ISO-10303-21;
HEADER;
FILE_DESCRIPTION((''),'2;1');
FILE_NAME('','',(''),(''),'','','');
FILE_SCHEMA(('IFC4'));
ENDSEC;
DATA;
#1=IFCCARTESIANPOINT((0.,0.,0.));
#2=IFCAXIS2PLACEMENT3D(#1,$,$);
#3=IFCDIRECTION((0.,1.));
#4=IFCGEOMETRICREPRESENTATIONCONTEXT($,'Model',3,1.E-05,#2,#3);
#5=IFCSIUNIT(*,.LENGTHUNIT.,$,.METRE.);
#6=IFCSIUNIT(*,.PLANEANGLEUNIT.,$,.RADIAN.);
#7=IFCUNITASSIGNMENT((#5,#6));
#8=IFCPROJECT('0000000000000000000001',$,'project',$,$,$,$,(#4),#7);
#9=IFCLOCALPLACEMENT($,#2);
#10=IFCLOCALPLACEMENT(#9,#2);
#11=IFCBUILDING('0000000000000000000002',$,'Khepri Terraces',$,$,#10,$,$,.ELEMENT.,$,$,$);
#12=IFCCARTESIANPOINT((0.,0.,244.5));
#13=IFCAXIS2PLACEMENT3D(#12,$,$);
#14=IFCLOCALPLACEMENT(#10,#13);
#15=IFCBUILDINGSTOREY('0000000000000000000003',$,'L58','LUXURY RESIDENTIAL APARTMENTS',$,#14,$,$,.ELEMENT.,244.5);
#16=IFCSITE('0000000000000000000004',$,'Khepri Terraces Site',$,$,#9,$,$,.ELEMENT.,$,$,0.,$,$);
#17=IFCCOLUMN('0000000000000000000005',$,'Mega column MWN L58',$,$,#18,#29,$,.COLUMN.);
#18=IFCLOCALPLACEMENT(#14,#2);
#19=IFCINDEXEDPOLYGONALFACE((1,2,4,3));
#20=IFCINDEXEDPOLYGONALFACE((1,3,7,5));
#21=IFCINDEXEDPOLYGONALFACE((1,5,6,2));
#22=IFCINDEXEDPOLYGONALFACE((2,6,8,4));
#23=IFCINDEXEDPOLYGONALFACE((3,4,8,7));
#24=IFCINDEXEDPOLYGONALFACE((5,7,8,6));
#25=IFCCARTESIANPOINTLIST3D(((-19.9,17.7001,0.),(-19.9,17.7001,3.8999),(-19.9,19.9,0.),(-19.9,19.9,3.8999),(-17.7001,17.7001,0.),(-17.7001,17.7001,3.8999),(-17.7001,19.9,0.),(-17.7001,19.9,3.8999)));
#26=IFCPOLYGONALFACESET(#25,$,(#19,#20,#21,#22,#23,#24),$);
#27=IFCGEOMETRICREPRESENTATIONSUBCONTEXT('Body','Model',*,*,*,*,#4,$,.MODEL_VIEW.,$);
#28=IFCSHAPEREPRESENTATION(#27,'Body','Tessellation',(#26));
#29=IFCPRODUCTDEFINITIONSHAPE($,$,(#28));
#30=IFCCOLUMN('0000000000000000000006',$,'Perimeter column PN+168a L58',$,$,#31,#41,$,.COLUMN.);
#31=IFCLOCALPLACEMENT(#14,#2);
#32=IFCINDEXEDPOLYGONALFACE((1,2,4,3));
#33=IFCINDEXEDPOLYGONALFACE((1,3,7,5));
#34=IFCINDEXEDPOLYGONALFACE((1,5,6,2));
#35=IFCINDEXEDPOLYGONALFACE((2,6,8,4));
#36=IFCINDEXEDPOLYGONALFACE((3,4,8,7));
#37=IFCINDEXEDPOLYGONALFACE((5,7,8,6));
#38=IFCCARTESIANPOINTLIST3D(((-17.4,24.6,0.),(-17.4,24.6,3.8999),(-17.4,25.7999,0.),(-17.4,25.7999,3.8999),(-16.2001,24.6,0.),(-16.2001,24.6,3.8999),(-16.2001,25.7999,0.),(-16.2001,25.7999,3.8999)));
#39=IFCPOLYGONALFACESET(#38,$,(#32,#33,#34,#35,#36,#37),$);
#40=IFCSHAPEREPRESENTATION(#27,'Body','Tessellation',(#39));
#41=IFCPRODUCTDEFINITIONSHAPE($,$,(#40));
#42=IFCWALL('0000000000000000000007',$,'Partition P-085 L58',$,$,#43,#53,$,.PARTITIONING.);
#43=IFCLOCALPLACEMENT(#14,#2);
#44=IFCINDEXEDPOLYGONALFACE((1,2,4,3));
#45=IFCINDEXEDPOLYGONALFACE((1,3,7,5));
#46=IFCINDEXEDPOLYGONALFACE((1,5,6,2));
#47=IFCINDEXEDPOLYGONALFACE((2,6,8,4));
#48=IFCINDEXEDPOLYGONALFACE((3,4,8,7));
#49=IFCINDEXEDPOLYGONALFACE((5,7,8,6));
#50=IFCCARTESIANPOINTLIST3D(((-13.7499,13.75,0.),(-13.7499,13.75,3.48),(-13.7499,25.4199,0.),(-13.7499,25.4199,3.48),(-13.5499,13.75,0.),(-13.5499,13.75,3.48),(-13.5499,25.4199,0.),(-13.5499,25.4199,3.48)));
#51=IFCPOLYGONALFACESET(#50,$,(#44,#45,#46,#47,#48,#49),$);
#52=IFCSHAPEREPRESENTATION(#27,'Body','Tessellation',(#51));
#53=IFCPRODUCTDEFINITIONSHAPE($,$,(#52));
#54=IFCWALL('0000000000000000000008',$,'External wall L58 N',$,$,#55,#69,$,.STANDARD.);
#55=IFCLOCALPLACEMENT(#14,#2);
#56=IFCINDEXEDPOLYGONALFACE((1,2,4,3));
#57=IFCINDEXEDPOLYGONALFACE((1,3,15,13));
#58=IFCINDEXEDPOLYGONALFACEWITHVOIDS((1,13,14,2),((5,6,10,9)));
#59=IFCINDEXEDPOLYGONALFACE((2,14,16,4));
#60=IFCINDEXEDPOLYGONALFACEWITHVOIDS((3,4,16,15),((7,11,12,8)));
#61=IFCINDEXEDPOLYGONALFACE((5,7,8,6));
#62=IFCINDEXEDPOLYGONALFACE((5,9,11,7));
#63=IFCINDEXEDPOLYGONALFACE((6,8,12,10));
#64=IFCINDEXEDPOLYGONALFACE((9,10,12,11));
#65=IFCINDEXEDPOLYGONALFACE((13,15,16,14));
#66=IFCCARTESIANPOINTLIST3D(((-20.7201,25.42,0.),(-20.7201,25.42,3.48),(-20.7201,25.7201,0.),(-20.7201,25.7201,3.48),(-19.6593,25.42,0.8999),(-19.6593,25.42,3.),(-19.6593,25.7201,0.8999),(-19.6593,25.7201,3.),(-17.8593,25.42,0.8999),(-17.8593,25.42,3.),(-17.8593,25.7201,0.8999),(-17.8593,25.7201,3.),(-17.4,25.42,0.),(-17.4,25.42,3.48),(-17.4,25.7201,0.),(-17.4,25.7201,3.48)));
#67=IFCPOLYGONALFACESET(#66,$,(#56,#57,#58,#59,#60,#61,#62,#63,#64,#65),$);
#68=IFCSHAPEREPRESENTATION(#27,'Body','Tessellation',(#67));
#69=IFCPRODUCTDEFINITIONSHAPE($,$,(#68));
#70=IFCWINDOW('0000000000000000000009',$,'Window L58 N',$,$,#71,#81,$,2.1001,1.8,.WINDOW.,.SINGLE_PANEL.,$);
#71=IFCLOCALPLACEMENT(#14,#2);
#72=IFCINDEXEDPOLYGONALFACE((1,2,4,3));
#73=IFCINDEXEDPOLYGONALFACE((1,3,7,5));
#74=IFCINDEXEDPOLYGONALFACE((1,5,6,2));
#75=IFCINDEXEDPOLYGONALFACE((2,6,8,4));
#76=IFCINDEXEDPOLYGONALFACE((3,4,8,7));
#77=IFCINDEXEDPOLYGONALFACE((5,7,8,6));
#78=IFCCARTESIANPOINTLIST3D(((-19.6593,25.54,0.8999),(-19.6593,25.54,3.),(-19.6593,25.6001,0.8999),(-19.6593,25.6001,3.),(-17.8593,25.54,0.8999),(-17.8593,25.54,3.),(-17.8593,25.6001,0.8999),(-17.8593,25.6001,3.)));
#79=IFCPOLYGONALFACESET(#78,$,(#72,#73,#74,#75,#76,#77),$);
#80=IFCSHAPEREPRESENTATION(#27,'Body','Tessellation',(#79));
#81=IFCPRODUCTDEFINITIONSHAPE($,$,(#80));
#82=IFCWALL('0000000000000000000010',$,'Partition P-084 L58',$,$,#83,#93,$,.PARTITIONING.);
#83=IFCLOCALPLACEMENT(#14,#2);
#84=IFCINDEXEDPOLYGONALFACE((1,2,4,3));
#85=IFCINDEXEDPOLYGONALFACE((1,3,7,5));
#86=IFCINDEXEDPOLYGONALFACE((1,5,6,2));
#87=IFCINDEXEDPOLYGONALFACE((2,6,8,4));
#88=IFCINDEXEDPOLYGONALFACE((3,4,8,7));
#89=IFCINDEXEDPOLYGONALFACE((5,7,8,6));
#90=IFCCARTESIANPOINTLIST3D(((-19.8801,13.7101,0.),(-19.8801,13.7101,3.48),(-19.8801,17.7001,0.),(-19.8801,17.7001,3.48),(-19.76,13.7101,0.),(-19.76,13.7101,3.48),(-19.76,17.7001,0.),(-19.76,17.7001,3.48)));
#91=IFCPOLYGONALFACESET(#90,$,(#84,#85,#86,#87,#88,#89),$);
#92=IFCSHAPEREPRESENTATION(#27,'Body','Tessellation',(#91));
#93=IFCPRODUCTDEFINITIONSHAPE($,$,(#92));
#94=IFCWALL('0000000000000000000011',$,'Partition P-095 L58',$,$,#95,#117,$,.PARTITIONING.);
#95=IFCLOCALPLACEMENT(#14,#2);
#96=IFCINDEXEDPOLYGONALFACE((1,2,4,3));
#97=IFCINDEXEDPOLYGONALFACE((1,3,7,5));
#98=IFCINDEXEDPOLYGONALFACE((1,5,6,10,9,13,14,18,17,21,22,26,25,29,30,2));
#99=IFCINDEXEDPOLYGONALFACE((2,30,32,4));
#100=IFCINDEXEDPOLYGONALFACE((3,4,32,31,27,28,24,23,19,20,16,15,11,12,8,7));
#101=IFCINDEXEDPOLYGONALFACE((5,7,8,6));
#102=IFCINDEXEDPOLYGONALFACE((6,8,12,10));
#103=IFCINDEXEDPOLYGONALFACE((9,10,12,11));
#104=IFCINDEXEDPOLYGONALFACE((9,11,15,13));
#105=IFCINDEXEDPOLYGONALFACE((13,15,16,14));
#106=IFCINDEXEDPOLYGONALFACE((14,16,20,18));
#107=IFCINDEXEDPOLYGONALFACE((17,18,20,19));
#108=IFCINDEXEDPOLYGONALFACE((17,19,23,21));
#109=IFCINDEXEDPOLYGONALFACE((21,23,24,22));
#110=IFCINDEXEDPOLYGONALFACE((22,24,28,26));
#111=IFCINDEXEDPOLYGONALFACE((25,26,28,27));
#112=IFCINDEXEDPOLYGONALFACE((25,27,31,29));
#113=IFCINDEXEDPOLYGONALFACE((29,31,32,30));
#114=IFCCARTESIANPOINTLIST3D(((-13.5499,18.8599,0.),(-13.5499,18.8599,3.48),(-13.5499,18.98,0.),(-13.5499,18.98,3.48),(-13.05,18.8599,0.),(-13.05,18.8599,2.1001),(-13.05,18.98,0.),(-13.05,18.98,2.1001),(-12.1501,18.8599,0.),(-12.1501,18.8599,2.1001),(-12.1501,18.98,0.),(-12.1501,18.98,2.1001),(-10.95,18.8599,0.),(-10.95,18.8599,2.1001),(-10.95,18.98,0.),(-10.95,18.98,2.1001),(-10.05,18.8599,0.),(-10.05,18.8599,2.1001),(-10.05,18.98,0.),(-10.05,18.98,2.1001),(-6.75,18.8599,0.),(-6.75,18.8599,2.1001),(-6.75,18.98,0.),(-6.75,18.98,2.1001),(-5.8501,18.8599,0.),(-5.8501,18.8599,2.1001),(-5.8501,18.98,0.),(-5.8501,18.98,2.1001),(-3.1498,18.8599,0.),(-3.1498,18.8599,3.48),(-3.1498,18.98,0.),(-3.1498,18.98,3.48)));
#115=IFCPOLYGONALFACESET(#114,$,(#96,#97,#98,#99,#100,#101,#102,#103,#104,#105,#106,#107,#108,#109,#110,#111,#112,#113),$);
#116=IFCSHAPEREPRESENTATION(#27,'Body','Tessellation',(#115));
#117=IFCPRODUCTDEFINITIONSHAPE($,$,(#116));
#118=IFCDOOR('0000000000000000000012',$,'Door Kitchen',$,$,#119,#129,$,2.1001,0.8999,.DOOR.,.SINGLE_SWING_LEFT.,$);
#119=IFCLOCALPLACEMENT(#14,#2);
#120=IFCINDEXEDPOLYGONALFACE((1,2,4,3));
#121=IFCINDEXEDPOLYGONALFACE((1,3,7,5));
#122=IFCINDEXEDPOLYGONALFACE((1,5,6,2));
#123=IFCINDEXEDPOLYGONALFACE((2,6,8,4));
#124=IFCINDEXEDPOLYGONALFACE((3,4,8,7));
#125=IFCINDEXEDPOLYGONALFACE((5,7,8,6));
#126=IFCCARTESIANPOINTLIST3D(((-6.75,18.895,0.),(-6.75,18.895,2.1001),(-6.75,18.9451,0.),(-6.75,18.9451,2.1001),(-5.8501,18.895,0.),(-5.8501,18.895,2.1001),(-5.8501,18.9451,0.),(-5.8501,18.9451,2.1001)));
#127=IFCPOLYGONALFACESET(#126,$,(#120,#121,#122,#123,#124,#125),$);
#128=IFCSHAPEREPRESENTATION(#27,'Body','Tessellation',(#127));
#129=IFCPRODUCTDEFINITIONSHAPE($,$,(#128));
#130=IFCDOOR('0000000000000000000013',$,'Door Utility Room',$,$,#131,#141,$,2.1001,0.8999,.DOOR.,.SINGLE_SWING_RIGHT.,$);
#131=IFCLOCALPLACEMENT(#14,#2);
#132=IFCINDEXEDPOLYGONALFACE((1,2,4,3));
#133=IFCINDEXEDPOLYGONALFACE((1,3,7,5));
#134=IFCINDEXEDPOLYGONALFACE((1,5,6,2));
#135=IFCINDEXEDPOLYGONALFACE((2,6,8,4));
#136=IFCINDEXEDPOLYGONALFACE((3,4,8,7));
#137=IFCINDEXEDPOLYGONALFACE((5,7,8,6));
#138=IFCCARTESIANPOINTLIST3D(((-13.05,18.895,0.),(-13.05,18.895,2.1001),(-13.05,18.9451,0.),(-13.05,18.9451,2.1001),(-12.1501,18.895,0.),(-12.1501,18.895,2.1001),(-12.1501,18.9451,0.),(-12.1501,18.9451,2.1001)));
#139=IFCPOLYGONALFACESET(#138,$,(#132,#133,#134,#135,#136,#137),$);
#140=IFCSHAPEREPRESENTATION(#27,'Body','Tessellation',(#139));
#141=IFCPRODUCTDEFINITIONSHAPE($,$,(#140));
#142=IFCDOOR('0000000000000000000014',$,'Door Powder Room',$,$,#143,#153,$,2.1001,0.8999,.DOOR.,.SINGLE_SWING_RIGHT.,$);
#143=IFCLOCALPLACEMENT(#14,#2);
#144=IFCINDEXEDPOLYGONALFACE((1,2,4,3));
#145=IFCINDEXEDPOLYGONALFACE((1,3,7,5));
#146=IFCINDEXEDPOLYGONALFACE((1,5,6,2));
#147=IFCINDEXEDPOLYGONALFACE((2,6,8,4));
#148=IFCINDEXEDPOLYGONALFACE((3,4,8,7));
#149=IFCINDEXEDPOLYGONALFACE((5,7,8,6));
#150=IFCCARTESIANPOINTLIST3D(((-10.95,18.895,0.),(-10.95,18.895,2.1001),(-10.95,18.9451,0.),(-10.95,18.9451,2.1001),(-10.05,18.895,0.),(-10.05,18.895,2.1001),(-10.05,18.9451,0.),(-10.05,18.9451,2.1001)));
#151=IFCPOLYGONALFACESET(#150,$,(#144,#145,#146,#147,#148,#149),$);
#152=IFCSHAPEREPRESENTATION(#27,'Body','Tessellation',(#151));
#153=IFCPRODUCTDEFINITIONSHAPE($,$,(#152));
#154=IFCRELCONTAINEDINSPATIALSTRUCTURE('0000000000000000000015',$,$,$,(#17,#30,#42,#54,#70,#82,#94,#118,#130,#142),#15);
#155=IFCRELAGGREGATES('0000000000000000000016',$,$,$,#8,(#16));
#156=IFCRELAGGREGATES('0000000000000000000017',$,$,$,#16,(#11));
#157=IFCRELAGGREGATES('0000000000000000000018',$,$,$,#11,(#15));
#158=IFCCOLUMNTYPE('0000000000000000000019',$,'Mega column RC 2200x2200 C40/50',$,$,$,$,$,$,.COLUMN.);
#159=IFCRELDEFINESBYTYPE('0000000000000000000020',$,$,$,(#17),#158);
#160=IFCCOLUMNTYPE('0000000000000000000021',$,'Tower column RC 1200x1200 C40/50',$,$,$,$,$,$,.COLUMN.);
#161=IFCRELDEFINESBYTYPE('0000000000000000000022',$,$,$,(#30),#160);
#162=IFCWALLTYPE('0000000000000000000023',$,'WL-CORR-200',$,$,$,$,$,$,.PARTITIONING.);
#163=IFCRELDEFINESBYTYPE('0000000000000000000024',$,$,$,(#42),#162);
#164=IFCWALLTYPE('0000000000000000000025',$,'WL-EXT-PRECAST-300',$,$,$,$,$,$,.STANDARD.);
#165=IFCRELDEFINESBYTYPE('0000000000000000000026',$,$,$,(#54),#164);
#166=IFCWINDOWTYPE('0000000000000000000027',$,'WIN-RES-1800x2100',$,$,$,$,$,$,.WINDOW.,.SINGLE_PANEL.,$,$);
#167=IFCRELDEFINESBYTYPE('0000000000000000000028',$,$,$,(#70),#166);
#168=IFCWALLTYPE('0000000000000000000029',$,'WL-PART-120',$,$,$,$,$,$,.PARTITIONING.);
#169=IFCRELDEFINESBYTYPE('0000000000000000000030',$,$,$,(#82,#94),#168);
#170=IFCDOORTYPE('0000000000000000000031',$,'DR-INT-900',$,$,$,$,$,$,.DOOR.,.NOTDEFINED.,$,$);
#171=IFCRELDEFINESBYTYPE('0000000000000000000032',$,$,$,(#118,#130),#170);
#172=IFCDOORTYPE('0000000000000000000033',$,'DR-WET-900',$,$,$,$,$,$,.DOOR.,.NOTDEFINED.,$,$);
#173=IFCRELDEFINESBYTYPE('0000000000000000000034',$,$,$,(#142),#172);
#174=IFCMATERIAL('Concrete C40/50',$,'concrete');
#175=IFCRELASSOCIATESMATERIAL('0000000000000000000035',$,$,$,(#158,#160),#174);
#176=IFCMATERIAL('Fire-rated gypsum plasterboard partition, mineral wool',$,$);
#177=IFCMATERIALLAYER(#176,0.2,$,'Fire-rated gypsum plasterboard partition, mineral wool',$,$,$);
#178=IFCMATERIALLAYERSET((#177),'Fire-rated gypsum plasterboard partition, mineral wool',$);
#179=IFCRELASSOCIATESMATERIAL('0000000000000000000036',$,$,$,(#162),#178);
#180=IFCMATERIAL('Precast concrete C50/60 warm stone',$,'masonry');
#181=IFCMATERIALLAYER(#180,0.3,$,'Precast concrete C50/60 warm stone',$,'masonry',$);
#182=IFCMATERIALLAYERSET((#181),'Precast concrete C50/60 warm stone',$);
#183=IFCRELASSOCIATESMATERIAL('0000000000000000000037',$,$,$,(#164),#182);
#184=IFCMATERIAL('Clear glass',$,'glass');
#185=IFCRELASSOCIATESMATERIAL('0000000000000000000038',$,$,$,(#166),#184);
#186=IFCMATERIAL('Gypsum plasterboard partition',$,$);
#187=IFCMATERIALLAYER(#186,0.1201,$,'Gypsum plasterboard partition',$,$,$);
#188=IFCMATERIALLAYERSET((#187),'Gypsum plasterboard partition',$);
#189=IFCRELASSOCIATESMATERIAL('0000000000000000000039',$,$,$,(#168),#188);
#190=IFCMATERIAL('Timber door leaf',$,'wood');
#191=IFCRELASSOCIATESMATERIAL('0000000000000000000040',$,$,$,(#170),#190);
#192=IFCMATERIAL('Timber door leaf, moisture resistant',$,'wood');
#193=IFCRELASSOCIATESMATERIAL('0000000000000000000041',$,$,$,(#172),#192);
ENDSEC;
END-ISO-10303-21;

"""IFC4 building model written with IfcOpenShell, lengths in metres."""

from ifc_helpers import new_model, si_unit, direction, frame, frame_2d, origin, origin_2d, place, context, subcontext, project, spatial, rectangle, extrude, material, layer, layer_set, material_profile, profile_set, type_object, element, fill, save


model = new_model("IFC4")

# Units and contexts
model_context = context("Model", 3, precision=1e-05, world=origin(), true_north=direction((0.0, 1.0)))
body_context = subcontext(model_context, "Body", "Model", "MODEL_VIEW")
ifc_project = project(units=[si_unit("LENGTHUNIT", "METRE"), si_unit("PLANEANGLEUNIT", "RADIAN")], contexts=[model_context])

# Site, building, storey
site_placement = place(None, origin())
site = spatial("IfcSite", under=ifc_project, at=site_placement, Name="Khepri Terraces Site", CompositionType="ELEMENT", RefElevation=0.0)
building_placement = place(site_placement, origin())
building = spatial("IfcBuilding", under=site, at=building_placement, Name="Khepri Terraces", CompositionType="ELEMENT")
storey_placement = place(building_placement, frame((0.0, 0.0, 244.5)))
storey = spatial("IfcBuildingStorey", under=building, at=storey_placement, Name="L58", Description="LUXURY RESIDENTIAL APARTMENTS", CompositionType="ELEMENT", Elevation=244.5)

# Columns
ifc_material_1 = material(Name="Concrete C40/50", Category="concrete")
ifc_material_profile_1 = material_profile(ifc_material_1, rectangle(XDim=2.2, YDim=2.2, at=origin_2d()), Name="Concrete C40/50", Category="concrete")
ifc_profile_set_1 = profile_set([ifc_material_profile_1], Name="Concrete C40/50")
column_type_1 = type_object("IfcColumnType", Name="Mega column RC 2200x2200 C40/50", PredefinedType="COLUMN", material=ifc_profile_set_1)
column_1_placement = place(storey_placement, frame((-18.8, 18.8, 0.0), z_axis=(0.0, 0.0, 1.0), x_axis=(1.0, 0.0, 0.0)))
element("IfcColumn", 1, at=column_1_placement, inside=storey, type_object=column_type_1, Name="Mega column MWN L58", PredefinedType="COLUMN", context=body_context, shape_type="SweptSolid", body=[
    extrude(rectangle(XDim=2.2, YDim=2.2, at=origin_2d()), origin(), (0.0, 0.0, 1.0), 3.8999),
])
ifc_material_profile_2 = material_profile(ifc_material_1, rectangle(XDim=1.2, YDim=1.2, at=origin_2d()), Name="Concrete C40/50", Category="concrete")
ifc_profile_set_2 = profile_set([ifc_material_profile_2], Name="Concrete C40/50")
column_type_2 = type_object("IfcColumnType", Name="Tower column RC 1200x1200 C40/50", PredefinedType="COLUMN", material=ifc_profile_set_2)
column_2_placement = place(storey_placement, frame((-16.8, 25.2, 0.0), z_axis=(0.0, 0.0, 1.0), x_axis=(1.0, 0.0, 0.0)))
element("IfcColumn", 2, at=column_2_placement, inside=storey, type_object=column_type_2, Name="Perimeter column PN+168a L58", PredefinedType="COLUMN", context=body_context, shape_type="SweptSolid", body=[
    extrude(rectangle(XDim=1.2, YDim=1.2, at=origin_2d()), origin(), (0.0, 0.0, 1.0), 3.8999),
])

# Wall
ifc_material_2 = material(Name="Fire-rated gypsum plasterboard partition, mineral wool")
ifc_layer_1 = layer(ifc_material_2, 0.2, Name="Fire-rated gypsum plasterboard partition, mineral wool")
ifc_layer_set_1 = layer_set([ifc_layer_1], Name="Fire-rated gypsum plasterboard partition, mineral wool")
wall_type_1 = type_object("IfcWallType", Name="WL-CORR-200", PredefinedType="PARTITIONING", material=ifc_layer_set_1)
wall_1_placement = place(storey_placement, frame((-13.6499, 13.75, 0.0), z_axis=(0.0, 0.0, 1.0), x_axis=(0.0, 1.0, 0.0)))
element("IfcWall", 3, at=wall_1_placement, inside=storey, type_object=wall_type_1, Name="Partition P-085 L58", PredefinedType="PARTITIONING", context=body_context, shape_type="SweptSolid", body=[
    extrude(rectangle(XDim=11.6699, YDim=0.2, at=frame_2d((5.835, 0.0))), origin(), (0.0, 0.0, 1.0), 3.48),
])

# Wall, opening, window
ifc_material_3 = material(Name="Precast concrete C50/60 warm stone", Category="masonry")
ifc_layer_2 = layer(ifc_material_3, 0.3, Name="Precast concrete C50/60 warm stone", Category="masonry")
ifc_layer_set_2 = layer_set([ifc_layer_2], Name="Precast concrete C50/60 warm stone")
wall_type_2 = type_object("IfcWallType", Name="WL-EXT-PRECAST-300", PredefinedType="STANDARD", material=ifc_layer_set_2)
wall_2_placement = place(storey_placement, frame((-17.3999, 25.5701, 0.0), z_axis=(0.0, 0.0, 1.0), x_axis=(-1.0, 0.0, 0.0)))
wall_2 = element("IfcWall", 4, at=wall_2_placement, inside=storey, type_object=wall_type_2, Name="External wall L58 N", PredefinedType="STANDARD", context=body_context, shape_type="SweptSolid", body=[
    extrude(rectangle(XDim=3.3201, YDim=0.3, at=frame_2d((1.6602, 0.0))), origin(), (0.0, 0.0, 1.0), 3.48),
])
opening_1_placement = place(wall_2_placement, frame((0.4595, 0.0, 0.8999)))
opening_1 = element("IfcOpeningElement", 5, at=opening_1_placement, cuts=wall_2, PredefinedType="OPENING", context=body_context, shape_type="SweptSolid", body=[
    extrude(rectangle(XDim=1.8, YDim=2.1001, at=frame_2d((0.8999, 1.05))), frame((0.0, 0.1602, 0.0), z_axis=(0.0, -1.0, 0.0), x_axis=(1.0, 0.0, 0.0)), (0.0, 0.0, 1.0), 0.3201),
])
ifc_material_4 = material(Name="Clear glass", Category="glass")
window_type = type_object("IfcWindowType", Name="WIN-RES-1800x2100", PartitioningType="SINGLE_PANEL", PredefinedType="WINDOW", material=ifc_material_4)
window_placement = place(opening_1_placement, origin())
window = element("IfcWindow", 6, at=window_placement, inside=storey, type_object=window_type, Name="Window L58 N", OverallHeight=2.1001, OverallWidth=1.8, PartitioningType="SINGLE_PANEL", PredefinedType="WINDOW", context=body_context, shape_type="SweptSolid", body=[
    extrude(rectangle(XDim=1.8, YDim=2.1001, at=frame_2d((0.8999, 1.05))), frame((0.0, 0.03, 0.0), z_axis=(0.0, -1.0, 0.0), x_axis=(1.0, 0.0, 0.0)), (0.0, 0.0, 1.0), 0.0601),
])
fill(opening_1, window)

# Wall
ifc_material_5 = material(Name="Gypsum plasterboard partition")
ifc_layer_3 = layer(ifc_material_5, 0.1201, Name="Gypsum plasterboard partition")
ifc_layer_set_3 = layer_set([ifc_layer_3], Name="Gypsum plasterboard partition")
wall_type_3 = type_object("IfcWallType", Name="WL-PART-120", PredefinedType="PARTITIONING", material=ifc_layer_set_3)
wall_3_placement = place(storey_placement, frame((-19.8201, 13.71, 0.0), z_axis=(0.0, 0.0, 1.0), x_axis=(0.0, 1.0, 0.0)))
element("IfcWall", 7, at=wall_3_placement, inside=storey, type_object=wall_type_3, Name="Partition P-084 L58", PredefinedType="PARTITIONING", context=body_context, shape_type="SweptSolid", body=[
    extrude(rectangle(XDim=3.99, YDim=0.1201, at=frame_2d((1.9951, 0.0))), origin(), (0.0, 0.0, 1.0), 3.48),
])

# Wall, openings, doors
wall_4_placement = place(storey_placement, frame((-13.55, 18.9199, 0.0), z_axis=(0.0, 0.0, 1.0), x_axis=(1.0, 0.0, 0.0)))
wall_4 = element("IfcWall", 8, at=wall_4_placement, inside=storey, type_object=wall_type_3, Name="Partition P-095 L58", PredefinedType="PARTITIONING", context=body_context, shape_type="SweptSolid", body=[
    extrude(rectangle(XDim=10.4001, YDim=0.1201, at=frame_2d((5.2002, 0.0))), origin(), (0.0, 0.0, 1.0), 3.48),
])
opening_2_placement = place(wall_4_placement, frame((6.8, 0.0, 0.0)))
opening_2 = element("IfcOpeningElement", 9, at=opening_2_placement, cuts=wall_4, PredefinedType="OPENING", context=body_context, shape_type="SweptSolid", body=[
    extrude(rectangle(XDim=0.8999, YDim=2.1001, at=frame_2d((0.45, 1.05))), frame((0.0, 0.0701, 0.0), z_axis=(0.0, -1.0, 0.0), x_axis=(1.0, 0.0, 0.0)), (0.0, 0.0, 1.0), 0.1401),
])
opening_3_placement = place(wall_4_placement, frame((2.6001, 0.0, 0.0)))
opening_3 = element("IfcOpeningElement", 10, at=opening_3_placement, cuts=wall_4, PredefinedType="OPENING", context=body_context, shape_type="SweptSolid", body=[
    extrude(rectangle(XDim=0.8999, YDim=2.1001, at=frame_2d((0.45, 1.05))), frame((0.0, 0.0701, 0.0), z_axis=(0.0, -1.0, 0.0), x_axis=(1.0, 0.0, 0.0)), (0.0, 0.0, 1.0), 0.1401),
])
opening_4_placement = place(wall_4_placement, frame((0.5, 0.0, 0.0)))
opening_4 = element("IfcOpeningElement", 11, at=opening_4_placement, cuts=wall_4, PredefinedType="OPENING", context=body_context, shape_type="SweptSolid", body=[
    extrude(rectangle(XDim=0.8999, YDim=2.1001, at=frame_2d((0.45, 1.05))), frame((0.0, 0.0701, 0.0), z_axis=(0.0, -1.0, 0.0), x_axis=(1.0, 0.0, 0.0)), (0.0, 0.0, 1.0), 0.1401),
])
ifc_material_6 = material(Name="Timber door leaf", Category="wood")
door_type_1 = type_object("IfcDoorType", Name="DR-INT-900", OperationType="NOTDEFINED", PredefinedType="DOOR", material=ifc_material_6)
door_1_placement = place(opening_2_placement, frame((0.8999, 0.0, 0.0), z_axis=(0.0, 0.0, 1.0), x_axis=(-1.0, 0.0, 0.0)))
door_1 = element("IfcDoor", 12, at=door_1_placement, inside=storey, type_object=door_type_1, Name="Door Kitchen", OperationType="SINGLE_SWING_LEFT", OverallHeight=2.1001, OverallWidth=0.8999, PredefinedType="DOOR", context=body_context, shape_type="SweptSolid", body=[
    extrude(rectangle(XDim=0.8999, YDim=2.1001, at=frame_2d((0.45, 1.05))), frame((0.0, 0.0249, 0.0), z_axis=(0.0, -1.0, 0.0), x_axis=(1.0, 0.0, 0.0)), (0.0, 0.0, 1.0), 0.05),
])
fill(opening_2, door_1)
door_2_placement = place(opening_4_placement, frame((0.8999, 0.0, 0.0), z_axis=(0.0, 0.0, 1.0), x_axis=(-1.0, 0.0, 0.0)))
door_2 = element("IfcDoor", 13, at=door_2_placement, inside=storey, type_object=door_type_1, Name="Door Utility Room", OperationType="SINGLE_SWING_RIGHT", OverallHeight=2.1001, OverallWidth=0.8999, PredefinedType="DOOR", context=body_context, shape_type="SweptSolid", body=[
    extrude(rectangle(XDim=0.8999, YDim=2.1001, at=frame_2d((0.45, 1.05))), frame((0.0, 0.0249, 0.0), z_axis=(0.0, -1.0, 0.0), x_axis=(1.0, 0.0, 0.0)), (0.0, 0.0, 1.0), 0.05),
])
fill(opening_4, door_2)
ifc_material_7 = material(Name="Timber door leaf, moisture resistant", Category="wood")
door_type_2 = type_object("IfcDoorType", Name="DR-WET-900", OperationType="NOTDEFINED", PredefinedType="DOOR", material=ifc_material_7)
door_3_placement = place(opening_3_placement, frame((0.8999, 0.0, 0.0), z_axis=(0.0, 0.0, 1.0), x_axis=(-1.0, 0.0, 0.0)))
door_3 = element("IfcDoor", 14, at=door_3_placement, inside=storey, type_object=door_type_2, Name="Door Powder Room", OperationType="SINGLE_SWING_RIGHT", OverallHeight=2.1001, OverallWidth=0.8999, PredefinedType="DOOR", context=body_context, shape_type="SweptSolid", body=[
    extrude(rectangle(XDim=0.8999, YDim=2.1001, at=frame_2d((0.45, 1.05))), frame((0.0, 0.0249, 0.0), z_axis=(0.0, -1.0, 0.0), x_axis=(1.0, 0.0, 0.0)), (0.0, 0.0, 1.0), 0.05),
])
fill(opening_3, door_3)

save(model, "model.ifc")
